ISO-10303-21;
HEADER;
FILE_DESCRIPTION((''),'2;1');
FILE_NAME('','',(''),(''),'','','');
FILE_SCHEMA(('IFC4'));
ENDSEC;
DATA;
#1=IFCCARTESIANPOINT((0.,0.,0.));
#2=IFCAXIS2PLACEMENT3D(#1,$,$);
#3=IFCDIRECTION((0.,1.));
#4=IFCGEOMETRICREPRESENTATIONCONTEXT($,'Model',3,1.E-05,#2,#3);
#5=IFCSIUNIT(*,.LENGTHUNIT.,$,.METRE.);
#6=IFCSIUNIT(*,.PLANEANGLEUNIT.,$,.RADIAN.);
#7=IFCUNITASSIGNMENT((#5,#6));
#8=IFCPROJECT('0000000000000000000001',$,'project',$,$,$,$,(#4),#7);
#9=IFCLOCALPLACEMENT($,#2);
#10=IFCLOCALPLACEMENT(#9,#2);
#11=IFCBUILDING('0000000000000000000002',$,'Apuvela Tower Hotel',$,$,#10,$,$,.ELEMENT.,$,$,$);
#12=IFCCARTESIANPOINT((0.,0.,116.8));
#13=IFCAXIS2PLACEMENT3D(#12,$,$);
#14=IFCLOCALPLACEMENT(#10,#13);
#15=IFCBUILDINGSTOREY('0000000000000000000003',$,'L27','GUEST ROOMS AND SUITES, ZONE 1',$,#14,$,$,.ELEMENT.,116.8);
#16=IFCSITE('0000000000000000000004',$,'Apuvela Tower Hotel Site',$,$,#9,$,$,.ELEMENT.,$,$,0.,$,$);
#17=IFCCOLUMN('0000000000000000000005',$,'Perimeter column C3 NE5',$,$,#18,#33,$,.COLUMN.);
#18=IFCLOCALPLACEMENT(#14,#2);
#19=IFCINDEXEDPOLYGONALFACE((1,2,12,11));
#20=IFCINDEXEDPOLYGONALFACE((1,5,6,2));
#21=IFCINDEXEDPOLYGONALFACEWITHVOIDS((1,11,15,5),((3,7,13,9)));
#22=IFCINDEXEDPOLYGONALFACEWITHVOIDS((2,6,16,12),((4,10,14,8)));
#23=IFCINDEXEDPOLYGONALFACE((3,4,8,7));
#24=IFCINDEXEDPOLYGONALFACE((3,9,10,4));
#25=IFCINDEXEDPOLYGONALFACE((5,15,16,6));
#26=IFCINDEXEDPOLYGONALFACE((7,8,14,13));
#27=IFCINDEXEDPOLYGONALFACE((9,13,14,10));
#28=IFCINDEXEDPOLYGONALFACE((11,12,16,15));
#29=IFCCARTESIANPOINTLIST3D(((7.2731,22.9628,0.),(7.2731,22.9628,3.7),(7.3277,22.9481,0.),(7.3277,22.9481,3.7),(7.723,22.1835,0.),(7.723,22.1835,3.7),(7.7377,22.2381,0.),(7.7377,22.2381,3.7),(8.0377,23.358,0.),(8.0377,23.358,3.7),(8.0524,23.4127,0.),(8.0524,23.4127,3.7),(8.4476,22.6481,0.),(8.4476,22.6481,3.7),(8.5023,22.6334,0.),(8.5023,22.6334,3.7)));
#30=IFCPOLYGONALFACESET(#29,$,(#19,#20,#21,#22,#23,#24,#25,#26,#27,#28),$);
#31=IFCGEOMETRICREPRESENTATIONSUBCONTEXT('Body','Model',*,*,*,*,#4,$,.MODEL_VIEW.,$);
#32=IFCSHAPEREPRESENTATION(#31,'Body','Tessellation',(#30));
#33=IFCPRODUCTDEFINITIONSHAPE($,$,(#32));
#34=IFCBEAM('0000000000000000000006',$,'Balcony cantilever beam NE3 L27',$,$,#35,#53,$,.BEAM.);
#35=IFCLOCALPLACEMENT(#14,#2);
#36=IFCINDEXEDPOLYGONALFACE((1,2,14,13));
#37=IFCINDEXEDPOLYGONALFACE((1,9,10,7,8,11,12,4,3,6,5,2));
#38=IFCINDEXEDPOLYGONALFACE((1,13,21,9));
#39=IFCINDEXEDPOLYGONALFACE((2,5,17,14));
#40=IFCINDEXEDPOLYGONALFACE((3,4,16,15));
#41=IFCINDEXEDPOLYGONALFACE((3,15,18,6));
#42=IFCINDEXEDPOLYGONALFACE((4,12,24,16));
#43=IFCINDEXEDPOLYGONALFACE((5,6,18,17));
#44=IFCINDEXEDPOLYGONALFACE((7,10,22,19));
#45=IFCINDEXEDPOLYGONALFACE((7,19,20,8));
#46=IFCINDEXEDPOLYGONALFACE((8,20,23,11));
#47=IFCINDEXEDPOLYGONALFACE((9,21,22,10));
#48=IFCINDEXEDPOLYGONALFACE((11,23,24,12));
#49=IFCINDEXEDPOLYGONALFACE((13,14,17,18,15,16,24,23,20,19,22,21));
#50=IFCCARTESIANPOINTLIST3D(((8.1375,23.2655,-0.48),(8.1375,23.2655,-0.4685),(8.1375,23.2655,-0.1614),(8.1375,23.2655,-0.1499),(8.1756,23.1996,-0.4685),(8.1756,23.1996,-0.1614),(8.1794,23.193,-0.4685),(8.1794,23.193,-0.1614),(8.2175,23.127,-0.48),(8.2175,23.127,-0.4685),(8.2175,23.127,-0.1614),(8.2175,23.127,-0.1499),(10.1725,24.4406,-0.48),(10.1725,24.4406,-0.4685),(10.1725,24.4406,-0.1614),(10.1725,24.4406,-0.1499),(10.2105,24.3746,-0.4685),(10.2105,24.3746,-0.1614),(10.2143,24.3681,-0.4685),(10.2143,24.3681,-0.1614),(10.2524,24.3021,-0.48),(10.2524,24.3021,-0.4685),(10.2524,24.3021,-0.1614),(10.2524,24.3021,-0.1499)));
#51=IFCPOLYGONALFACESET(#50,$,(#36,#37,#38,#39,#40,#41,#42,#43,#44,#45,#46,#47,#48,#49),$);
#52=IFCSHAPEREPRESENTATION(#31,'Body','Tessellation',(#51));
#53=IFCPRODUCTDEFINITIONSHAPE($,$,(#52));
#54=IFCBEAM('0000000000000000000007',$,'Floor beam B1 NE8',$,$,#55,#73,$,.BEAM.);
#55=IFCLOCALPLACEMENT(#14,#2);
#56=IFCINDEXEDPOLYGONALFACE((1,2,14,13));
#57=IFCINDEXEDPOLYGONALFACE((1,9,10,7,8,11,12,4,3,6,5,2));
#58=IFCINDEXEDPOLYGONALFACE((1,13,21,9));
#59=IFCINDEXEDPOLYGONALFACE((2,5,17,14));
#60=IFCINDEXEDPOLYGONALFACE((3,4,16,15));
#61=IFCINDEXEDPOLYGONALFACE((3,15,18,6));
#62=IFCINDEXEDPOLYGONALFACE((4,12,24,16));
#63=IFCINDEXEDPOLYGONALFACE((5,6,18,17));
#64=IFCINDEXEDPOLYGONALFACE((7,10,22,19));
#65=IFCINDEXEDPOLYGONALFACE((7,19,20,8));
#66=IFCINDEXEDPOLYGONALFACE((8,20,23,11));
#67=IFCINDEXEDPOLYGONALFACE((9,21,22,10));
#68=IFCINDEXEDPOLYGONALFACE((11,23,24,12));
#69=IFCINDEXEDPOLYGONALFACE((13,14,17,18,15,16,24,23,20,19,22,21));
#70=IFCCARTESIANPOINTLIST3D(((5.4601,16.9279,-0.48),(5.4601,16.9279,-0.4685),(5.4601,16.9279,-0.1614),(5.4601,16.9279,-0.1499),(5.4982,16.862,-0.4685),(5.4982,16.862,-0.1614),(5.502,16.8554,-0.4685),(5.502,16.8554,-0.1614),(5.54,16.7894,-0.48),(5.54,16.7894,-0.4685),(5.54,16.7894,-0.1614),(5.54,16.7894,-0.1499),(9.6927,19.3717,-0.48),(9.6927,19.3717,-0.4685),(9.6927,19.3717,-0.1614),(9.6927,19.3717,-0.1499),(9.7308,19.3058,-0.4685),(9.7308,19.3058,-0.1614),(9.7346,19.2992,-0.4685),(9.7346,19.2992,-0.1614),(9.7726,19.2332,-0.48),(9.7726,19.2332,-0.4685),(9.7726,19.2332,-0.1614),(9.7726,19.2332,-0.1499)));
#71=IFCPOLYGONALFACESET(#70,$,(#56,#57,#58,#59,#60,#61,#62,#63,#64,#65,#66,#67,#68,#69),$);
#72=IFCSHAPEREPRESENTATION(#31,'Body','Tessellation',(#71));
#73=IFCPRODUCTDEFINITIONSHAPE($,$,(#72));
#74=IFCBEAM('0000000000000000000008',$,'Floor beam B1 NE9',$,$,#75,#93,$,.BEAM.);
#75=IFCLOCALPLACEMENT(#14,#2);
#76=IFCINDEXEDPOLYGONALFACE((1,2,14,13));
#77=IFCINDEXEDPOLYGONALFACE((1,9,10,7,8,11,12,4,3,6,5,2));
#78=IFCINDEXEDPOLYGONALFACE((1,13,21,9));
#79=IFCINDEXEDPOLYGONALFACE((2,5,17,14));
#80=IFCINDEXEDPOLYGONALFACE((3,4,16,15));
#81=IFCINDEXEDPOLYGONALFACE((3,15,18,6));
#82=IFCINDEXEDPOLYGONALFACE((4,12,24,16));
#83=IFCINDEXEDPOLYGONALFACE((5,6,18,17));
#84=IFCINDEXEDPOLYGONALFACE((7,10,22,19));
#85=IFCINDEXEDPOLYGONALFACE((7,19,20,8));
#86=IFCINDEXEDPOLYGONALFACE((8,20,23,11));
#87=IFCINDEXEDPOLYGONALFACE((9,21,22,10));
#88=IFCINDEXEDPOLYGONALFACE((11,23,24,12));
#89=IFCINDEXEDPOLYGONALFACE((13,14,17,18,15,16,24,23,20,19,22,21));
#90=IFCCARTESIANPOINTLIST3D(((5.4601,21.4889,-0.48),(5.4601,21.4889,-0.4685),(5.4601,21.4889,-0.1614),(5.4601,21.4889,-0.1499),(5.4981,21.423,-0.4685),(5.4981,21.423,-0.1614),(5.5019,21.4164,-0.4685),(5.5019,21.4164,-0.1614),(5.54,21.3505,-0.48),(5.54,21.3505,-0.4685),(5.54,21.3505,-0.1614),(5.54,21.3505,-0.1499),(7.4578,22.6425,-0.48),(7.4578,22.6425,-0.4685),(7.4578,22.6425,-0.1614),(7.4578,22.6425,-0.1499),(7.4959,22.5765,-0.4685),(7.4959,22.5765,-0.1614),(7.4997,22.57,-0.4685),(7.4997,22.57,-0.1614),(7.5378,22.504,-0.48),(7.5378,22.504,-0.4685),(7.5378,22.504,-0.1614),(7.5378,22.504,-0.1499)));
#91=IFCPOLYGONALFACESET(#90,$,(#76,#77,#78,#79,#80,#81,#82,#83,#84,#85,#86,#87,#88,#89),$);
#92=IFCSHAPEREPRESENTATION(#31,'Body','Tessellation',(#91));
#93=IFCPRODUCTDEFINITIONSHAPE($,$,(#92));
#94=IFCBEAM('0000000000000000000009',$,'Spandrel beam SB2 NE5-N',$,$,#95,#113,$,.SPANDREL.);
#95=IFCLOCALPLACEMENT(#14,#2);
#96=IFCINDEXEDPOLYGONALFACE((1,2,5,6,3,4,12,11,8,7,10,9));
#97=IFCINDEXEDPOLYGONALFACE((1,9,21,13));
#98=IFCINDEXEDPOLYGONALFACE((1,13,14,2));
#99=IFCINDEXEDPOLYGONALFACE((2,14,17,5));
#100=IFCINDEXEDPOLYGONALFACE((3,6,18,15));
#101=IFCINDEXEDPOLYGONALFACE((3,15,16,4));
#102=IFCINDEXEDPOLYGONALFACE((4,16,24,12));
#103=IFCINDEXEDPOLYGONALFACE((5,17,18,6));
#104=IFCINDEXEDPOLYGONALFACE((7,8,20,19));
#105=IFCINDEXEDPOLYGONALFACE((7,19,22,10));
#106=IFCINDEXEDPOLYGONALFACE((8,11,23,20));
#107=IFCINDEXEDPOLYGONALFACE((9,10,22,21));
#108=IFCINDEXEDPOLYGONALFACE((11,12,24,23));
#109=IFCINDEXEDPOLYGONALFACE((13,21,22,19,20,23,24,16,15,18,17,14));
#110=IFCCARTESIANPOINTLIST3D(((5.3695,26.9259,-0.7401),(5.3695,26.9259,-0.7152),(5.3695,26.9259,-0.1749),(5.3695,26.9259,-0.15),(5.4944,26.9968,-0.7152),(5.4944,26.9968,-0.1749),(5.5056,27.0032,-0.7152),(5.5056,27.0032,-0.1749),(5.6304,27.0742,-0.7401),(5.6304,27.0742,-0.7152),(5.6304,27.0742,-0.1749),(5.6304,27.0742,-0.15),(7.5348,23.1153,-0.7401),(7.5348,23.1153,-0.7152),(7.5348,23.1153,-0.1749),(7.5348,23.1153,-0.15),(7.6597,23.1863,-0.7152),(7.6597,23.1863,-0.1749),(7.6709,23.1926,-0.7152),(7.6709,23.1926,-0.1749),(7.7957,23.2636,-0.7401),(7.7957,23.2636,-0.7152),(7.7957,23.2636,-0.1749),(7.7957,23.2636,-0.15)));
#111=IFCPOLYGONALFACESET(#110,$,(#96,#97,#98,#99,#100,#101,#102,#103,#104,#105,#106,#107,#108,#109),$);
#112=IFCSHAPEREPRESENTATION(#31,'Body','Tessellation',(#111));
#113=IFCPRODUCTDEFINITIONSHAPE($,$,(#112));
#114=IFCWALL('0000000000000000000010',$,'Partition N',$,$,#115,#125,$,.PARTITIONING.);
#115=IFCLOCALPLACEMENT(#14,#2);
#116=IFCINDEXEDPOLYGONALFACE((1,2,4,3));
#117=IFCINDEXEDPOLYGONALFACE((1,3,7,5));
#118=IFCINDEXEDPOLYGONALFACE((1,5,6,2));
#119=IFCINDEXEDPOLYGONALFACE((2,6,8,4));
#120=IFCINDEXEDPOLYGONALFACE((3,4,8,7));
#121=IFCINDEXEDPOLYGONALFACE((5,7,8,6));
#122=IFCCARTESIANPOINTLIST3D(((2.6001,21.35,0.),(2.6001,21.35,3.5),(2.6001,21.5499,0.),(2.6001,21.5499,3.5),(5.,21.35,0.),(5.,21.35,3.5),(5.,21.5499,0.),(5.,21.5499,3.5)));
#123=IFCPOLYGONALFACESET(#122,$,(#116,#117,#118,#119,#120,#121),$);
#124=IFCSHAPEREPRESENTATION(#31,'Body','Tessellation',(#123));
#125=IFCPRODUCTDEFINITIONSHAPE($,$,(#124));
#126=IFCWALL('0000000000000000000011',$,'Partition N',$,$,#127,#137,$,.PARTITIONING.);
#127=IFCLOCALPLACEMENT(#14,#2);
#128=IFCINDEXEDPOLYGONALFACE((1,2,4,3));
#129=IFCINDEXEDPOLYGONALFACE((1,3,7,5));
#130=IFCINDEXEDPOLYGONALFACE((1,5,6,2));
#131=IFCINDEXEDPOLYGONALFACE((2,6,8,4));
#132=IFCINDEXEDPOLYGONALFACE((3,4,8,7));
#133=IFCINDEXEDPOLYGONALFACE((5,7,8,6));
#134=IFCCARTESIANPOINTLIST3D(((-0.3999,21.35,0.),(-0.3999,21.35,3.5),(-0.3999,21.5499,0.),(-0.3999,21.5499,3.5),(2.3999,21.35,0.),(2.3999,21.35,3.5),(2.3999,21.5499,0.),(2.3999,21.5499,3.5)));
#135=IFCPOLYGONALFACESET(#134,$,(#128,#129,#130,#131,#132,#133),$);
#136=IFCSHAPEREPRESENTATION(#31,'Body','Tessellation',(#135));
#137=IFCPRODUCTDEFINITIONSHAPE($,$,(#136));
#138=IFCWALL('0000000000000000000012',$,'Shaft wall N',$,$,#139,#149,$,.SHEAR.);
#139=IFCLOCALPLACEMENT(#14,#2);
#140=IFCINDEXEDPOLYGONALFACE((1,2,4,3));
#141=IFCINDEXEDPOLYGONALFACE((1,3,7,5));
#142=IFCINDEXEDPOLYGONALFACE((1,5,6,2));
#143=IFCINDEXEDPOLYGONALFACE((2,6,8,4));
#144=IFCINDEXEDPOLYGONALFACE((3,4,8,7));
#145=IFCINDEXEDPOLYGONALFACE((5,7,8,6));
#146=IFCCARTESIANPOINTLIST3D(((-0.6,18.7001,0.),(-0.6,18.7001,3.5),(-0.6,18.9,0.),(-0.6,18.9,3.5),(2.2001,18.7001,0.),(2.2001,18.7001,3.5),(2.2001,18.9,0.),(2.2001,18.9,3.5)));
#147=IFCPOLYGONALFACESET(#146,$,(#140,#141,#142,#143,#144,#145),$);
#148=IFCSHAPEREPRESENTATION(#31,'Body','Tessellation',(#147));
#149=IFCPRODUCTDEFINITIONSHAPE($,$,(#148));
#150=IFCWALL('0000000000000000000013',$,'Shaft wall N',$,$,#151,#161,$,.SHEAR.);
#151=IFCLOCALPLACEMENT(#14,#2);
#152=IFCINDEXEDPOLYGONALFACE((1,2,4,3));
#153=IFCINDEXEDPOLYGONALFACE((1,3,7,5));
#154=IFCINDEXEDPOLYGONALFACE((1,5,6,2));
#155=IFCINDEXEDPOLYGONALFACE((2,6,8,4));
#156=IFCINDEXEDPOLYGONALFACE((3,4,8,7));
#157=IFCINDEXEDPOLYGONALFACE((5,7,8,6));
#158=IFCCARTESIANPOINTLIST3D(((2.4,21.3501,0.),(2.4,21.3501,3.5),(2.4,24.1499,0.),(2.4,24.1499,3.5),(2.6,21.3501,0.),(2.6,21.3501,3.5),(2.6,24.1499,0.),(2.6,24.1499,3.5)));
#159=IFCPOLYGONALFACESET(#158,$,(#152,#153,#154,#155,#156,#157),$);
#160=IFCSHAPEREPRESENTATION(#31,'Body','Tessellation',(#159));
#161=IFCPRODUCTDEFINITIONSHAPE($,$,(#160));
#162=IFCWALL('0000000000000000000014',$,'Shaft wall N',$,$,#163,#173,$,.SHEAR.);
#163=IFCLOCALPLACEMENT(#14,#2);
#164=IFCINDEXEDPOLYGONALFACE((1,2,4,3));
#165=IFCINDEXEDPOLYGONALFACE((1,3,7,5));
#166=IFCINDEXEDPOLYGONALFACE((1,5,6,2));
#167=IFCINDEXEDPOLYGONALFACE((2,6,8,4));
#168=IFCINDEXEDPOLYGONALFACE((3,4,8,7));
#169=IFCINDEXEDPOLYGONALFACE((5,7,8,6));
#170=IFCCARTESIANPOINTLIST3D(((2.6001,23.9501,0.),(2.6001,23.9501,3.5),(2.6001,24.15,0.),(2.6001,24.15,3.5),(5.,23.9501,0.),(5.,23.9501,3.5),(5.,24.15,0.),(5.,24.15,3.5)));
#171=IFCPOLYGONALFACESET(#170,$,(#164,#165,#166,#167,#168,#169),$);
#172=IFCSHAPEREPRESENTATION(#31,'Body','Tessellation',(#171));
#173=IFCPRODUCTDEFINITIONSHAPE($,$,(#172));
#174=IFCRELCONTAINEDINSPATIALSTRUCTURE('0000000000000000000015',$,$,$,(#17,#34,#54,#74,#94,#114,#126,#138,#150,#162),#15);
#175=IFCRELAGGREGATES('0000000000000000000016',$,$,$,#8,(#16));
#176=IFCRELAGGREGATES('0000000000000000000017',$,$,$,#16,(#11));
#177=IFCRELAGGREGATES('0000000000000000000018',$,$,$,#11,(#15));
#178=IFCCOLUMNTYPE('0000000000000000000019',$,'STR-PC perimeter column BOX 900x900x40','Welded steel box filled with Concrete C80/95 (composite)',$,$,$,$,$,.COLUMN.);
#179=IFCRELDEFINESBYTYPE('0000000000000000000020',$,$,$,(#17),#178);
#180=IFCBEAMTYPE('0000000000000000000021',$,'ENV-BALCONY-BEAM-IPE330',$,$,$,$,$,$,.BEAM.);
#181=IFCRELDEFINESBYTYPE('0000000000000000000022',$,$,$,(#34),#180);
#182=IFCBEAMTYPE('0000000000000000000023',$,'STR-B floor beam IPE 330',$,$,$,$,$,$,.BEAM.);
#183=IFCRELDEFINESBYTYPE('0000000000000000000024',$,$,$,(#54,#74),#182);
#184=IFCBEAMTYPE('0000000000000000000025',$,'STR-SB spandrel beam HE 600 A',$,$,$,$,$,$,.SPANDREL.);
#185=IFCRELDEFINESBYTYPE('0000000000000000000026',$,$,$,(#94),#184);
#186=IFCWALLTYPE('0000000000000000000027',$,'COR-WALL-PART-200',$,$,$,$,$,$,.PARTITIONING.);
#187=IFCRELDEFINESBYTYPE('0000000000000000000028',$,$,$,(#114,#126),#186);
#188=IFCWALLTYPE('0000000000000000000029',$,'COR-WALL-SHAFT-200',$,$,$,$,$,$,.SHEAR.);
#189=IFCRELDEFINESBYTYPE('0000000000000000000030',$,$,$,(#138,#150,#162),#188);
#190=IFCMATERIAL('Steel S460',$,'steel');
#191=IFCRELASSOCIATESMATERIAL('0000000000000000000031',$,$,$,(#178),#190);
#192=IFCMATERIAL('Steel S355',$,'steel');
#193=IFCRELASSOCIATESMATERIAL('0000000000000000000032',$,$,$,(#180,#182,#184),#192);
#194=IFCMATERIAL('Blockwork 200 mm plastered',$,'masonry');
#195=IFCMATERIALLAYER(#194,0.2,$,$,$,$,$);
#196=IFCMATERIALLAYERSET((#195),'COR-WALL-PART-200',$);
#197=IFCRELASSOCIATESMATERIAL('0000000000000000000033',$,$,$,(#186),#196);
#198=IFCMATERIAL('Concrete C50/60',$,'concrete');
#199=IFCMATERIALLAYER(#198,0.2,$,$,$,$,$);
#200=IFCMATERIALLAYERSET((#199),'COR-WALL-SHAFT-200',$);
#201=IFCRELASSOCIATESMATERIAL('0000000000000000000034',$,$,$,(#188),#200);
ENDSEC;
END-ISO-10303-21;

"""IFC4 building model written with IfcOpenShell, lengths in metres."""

from ifc_helpers import new_model, si_unit, direction, frame, frame_2d, origin, origin_2d, place, context, subcontext, project, spatial, rectangle, hollow_rectangle, i_section, extrude, material, layer, layer_set, material_profile, profile_set, type_object, element, save


model = new_model("IFC4")

# Units and contexts
model_context = context("Model", 3, precision=1e-05, world=origin(), true_north=direction((0.0, 1.0)))
body_context = subcontext(model_context, "Body", "Model", "MODEL_VIEW")
ifc_project = project(units=[si_unit("LENGTHUNIT", "METRE"), si_unit("PLANEANGLEUNIT", "RADIAN")], contexts=[model_context])

# Site, building, storey
site_placement = place(None, origin())
site = spatial("IfcSite", under=ifc_project, at=site_placement, Name="Apuvela Tower Hotel Site", CompositionType="ELEMENT", RefElevation=0.0)
building_placement = place(site_placement, origin())
building = spatial("IfcBuilding", under=site, at=building_placement, Name="Apuvela Tower Hotel", CompositionType="ELEMENT")
storey_placement = place(building_placement, frame((0.0, 0.0, 116.8)))
storey = spatial("IfcBuildingStorey", under=building, at=storey_placement, Name="L27", Description="GUEST ROOMS AND SUITES, ZONE 1", CompositionType="ELEMENT", Elevation=116.8)

# Column
ifc_material_1 = material(Name="Steel S460", Category="steel")
ifc_material_profile_1 = material_profile(ifc_material_1, hollow_rectangle(XDim=0.8999, YDim=0.8999, WallThickness=0.04, at=origin_2d()), Name="BOX 900x900x40")
ifc_material_2 = material(Name="Concrete C80/95", Category="concrete")
ifc_material_profile_2 = material_profile(ifc_material_2, rectangle(XDim=0.8201, YDim=0.8201, at=origin_2d()), Name="Concrete C80/95 infill")
ifc_profile_set_1 = profile_set([ifc_material_profile_1, ifc_material_profile_2], Name="Steel S460")
column_type = type_object("IfcColumnType", Name="STR-PC perimeter column BOX 900x900x40", Description="Welded steel box filled with Concrete C80/95 (composite)", PredefinedType="COLUMN", material=ifc_profile_set_1)
column_placement = place(storey_placement, frame((7.8877, 22.7981, 0.0), z_axis=(0.0, 0.0, 1.0), x_axis=(-0.5, 0.866025, 0.0)))
element("IfcColumn", 1, at=column_placement, inside=storey, type_object=column_type, Name="Perimeter column C3 NE5", PredefinedType="COLUMN", context=body_context, shape_type="SweptSolid", body=[
    extrude(hollow_rectangle(XDim=0.8999, YDim=0.8999, WallThickness=0.04, at=origin_2d()), origin(), (0.0, 0.0, 1.0), 3.7),
])

# Beams
ifc_material_3 = material(Name="Steel S355", Category="steel")
ifc_material_profile_3 = material_profile(ifc_material_3, i_section(OverallWidth=0.1599, OverallDepth=0.3301, WebThickness=0.0076, FlangeThickness=0.0115, at=origin_2d()), Name="IPE 330")
ifc_profile_set_2 = profile_set([ifc_material_profile_3], Name="Steel S355")
beam_type_1 = type_object("IfcBeamType", Name="ENV-BALCONY-BEAM-IPE330", PredefinedType="BEAM", material=ifc_profile_set_2)
beam_1_placement = place(storey_placement, frame((8.1775, 23.1963, -0.3149), z_axis=(0.86599, 0.500061, 0.0), x_axis=(-0.500061, 0.86599, 0.0)))
element("IfcBeam", 2, at=beam_1_placement, inside=storey, type_object=beam_type_1, Name="Balcony cantilever beam NE3 L27", PredefinedType="BEAM", context=body_context, shape_type="SweptSolid", body=[
    extrude(i_section(OverallWidth=0.1599, OverallDepth=0.3301, WebThickness=0.0076, FlangeThickness=0.0115, at=origin_2d()), origin(), (0.0, 0.0, 1.0), 2.3499),
])
ifc_material_profile_4 = material_profile(ifc_material_3, i_section(OverallWidth=0.1599, OverallDepth=0.3301, WebThickness=0.0076, FlangeThickness=0.0115, at=origin_2d()), Name="IPE 330")
ifc_profile_set_3 = profile_set([ifc_material_profile_4], Name="Steel S355")
beam_type_2 = type_object("IfcBeamType", Name="STR-B floor beam IPE 330", PredefinedType="BEAM", material=ifc_profile_set_3)
beam_2_placement = place(storey_placement, frame((9.7327, 19.3025, -0.3149), z_axis=(-0.866015, -0.500018, 0.0), x_axis=(0.500018, -0.866015, 0.0)))
element("IfcBeam", 3, at=beam_2_placement, inside=storey, type_object=beam_type_2, Name="Floor beam B1 NE8", PredefinedType="BEAM", context=body_context, shape_type="SweptSolid", body=[
    extrude(i_section(OverallWidth=0.1599, OverallDepth=0.3301, WebThickness=0.0076, FlangeThickness=0.0115, at=origin_2d()), origin(), (0.0, 0.0, 1.0), 4.8875),
])
beam_3_placement = place(storey_placement, frame((7.4978, 22.5732, -0.3149), z_axis=(-0.866001, -0.500043, 0.0), x_axis=(0.500043, -0.866001, 0.0)))
element("IfcBeam", 4, at=beam_3_placement, inside=storey, type_object=beam_type_2, Name="Floor beam B1 NE9", PredefinedType="BEAM", context=body_context, shape_type="SweptSolid", body=[
    extrude(i_section(OverallWidth=0.1599, OverallDepth=0.3301, WebThickness=0.0076, FlangeThickness=0.0115, at=origin_2d()), origin(), (0.0, 0.0, 1.0), 2.3069),
])
ifc_material_profile_5 = material_profile(ifc_material_3, i_section(OverallWidth=0.3, OverallDepth=0.5901, WebThickness=0.0129, FlangeThickness=0.0249, at=origin_2d()), Name="HE 600 A")
ifc_profile_set_4 = profile_set([ifc_material_profile_5], Name="Steel S355")
beam_type_3 = type_object("IfcBeamType", Name="STR-SB spandrel beam HE 600 A", PredefinedType="SPANDREL", material=ifc_profile_set_4)
beam_4_placement = place(storey_placement, frame((7.6653, 23.1895, -0.4451), z_axis=(-0.494044, 0.869437, 0.0), x_axis=(-0.869437, -0.494044, 0.0)))
element("IfcBeam", 5, at=beam_4_placement, inside=storey, type_object=beam_type_3, Name="Spandrel beam SB2 NE5-N", PredefinedType="SPANDREL", context=body_context, shape_type="SweptSolid", body=[
    extrude(i_section(OverallWidth=0.3, OverallDepth=0.5901, WebThickness=0.0129, FlangeThickness=0.0249, at=origin_2d()), origin(), (0.0, 0.0, 1.0), 4.3828),
])

# Walls
ifc_material_4 = material(Name="Blockwork 200 mm plastered", Category="masonry")
ifc_layer_1 = layer(ifc_material_4, 0.2)
ifc_layer_set_1 = layer_set([ifc_layer_1], Name="COR-WALL-PART-200")
wall_type_1 = type_object("IfcWallType", Name="COR-WALL-PART-200", PredefinedType="PARTITIONING", material=ifc_layer_set_1)
wall_1_placement = place(storey_placement, frame((5.0, 21.45, 0.0), z_axis=(0.0, 0.0, 1.0), x_axis=(-1.0, 0.0, 0.0)))
element("IfcWall", 6, at=wall_1_placement, inside=storey, type_object=wall_type_1, Name="Partition N", PredefinedType="PARTITIONING", context=body_context, shape_type="SweptSolid", body=[
    extrude(rectangle(XDim=2.3999, YDim=0.2, at=frame_2d((1.2, 0.0))), origin(), (0.0, 0.0, 1.0), 3.5),
])
wall_2_placement = place(storey_placement, frame((2.3999, 21.45, 0.0), z_axis=(0.0, 0.0, 1.0), x_axis=(-1.0, 0.0, 0.0)))
element("IfcWall", 7, at=wall_2_placement, inside=storey, type_object=wall_type_1, Name="Partition N", PredefinedType="PARTITIONING", context=body_context, shape_type="SweptSolid", body=[
    extrude(rectangle(XDim=2.7998, YDim=0.2, at=frame_2d((1.3999, 0.0))), origin(), (0.0, 0.0, 1.0), 3.5),
])
ifc_material_5 = material(Name="Concrete C50/60", Category="concrete")
ifc_layer_2 = layer(ifc_material_5, 0.2)
ifc_layer_set_2 = layer_set([ifc_layer_2], Name="COR-WALL-SHAFT-200")
wall_type_2 = type_object("IfcWallType", Name="COR-WALL-SHAFT-200", PredefinedType="SHEAR", material=ifc_layer_set_2)
wall_3_placement = place(storey_placement, frame((2.2, 18.8, 0.0), z_axis=(0.0, 0.0, 1.0), x_axis=(-1.0, 0.0, 0.0)))
element("IfcWall", 8, at=wall_3_placement, inside=storey, type_object=wall_type_2, Name="Shaft wall N", PredefinedType="SHEAR", context=body_context, shape_type="SweptSolid", body=[
    extrude(rectangle(XDim=2.8, YDim=0.2, at=frame_2d((1.3999, 0.0))), origin(), (0.0, 0.0, 1.0), 3.5),
])
wall_4_placement = place(storey_placement, frame((2.5, 21.3501, 0.0), z_axis=(0.0, 0.0, 1.0), x_axis=(0.0, 1.0, 0.0)))
element("IfcWall", 9, at=wall_4_placement, inside=storey, type_object=wall_type_2, Name="Shaft wall N", PredefinedType="SHEAR", context=body_context, shape_type="SweptSolid", body=[
    extrude(rectangle(XDim=2.7998, YDim=0.2, at=frame_2d((1.3999, 0.0))), origin(), (0.0, 0.0, 1.0), 3.5),
])
wall_5_placement = place(storey_placement, frame((5.0, 24.05, 0.0), z_axis=(0.0, 0.0, 1.0), x_axis=(-1.0, 0.0, 0.0)))
element("IfcWall", 10, at=wall_5_placement, inside=storey, type_object=wall_type_2, Name="Shaft wall N", PredefinedType="SHEAR", context=body_context, shape_type="SweptSolid", body=[
    extrude(rectangle(XDim=2.3999, YDim=0.2, at=frame_2d((1.2, 0.0))), origin(), (0.0, 0.0, 1.0), 3.5),
])

save(model, "model.ifc")
